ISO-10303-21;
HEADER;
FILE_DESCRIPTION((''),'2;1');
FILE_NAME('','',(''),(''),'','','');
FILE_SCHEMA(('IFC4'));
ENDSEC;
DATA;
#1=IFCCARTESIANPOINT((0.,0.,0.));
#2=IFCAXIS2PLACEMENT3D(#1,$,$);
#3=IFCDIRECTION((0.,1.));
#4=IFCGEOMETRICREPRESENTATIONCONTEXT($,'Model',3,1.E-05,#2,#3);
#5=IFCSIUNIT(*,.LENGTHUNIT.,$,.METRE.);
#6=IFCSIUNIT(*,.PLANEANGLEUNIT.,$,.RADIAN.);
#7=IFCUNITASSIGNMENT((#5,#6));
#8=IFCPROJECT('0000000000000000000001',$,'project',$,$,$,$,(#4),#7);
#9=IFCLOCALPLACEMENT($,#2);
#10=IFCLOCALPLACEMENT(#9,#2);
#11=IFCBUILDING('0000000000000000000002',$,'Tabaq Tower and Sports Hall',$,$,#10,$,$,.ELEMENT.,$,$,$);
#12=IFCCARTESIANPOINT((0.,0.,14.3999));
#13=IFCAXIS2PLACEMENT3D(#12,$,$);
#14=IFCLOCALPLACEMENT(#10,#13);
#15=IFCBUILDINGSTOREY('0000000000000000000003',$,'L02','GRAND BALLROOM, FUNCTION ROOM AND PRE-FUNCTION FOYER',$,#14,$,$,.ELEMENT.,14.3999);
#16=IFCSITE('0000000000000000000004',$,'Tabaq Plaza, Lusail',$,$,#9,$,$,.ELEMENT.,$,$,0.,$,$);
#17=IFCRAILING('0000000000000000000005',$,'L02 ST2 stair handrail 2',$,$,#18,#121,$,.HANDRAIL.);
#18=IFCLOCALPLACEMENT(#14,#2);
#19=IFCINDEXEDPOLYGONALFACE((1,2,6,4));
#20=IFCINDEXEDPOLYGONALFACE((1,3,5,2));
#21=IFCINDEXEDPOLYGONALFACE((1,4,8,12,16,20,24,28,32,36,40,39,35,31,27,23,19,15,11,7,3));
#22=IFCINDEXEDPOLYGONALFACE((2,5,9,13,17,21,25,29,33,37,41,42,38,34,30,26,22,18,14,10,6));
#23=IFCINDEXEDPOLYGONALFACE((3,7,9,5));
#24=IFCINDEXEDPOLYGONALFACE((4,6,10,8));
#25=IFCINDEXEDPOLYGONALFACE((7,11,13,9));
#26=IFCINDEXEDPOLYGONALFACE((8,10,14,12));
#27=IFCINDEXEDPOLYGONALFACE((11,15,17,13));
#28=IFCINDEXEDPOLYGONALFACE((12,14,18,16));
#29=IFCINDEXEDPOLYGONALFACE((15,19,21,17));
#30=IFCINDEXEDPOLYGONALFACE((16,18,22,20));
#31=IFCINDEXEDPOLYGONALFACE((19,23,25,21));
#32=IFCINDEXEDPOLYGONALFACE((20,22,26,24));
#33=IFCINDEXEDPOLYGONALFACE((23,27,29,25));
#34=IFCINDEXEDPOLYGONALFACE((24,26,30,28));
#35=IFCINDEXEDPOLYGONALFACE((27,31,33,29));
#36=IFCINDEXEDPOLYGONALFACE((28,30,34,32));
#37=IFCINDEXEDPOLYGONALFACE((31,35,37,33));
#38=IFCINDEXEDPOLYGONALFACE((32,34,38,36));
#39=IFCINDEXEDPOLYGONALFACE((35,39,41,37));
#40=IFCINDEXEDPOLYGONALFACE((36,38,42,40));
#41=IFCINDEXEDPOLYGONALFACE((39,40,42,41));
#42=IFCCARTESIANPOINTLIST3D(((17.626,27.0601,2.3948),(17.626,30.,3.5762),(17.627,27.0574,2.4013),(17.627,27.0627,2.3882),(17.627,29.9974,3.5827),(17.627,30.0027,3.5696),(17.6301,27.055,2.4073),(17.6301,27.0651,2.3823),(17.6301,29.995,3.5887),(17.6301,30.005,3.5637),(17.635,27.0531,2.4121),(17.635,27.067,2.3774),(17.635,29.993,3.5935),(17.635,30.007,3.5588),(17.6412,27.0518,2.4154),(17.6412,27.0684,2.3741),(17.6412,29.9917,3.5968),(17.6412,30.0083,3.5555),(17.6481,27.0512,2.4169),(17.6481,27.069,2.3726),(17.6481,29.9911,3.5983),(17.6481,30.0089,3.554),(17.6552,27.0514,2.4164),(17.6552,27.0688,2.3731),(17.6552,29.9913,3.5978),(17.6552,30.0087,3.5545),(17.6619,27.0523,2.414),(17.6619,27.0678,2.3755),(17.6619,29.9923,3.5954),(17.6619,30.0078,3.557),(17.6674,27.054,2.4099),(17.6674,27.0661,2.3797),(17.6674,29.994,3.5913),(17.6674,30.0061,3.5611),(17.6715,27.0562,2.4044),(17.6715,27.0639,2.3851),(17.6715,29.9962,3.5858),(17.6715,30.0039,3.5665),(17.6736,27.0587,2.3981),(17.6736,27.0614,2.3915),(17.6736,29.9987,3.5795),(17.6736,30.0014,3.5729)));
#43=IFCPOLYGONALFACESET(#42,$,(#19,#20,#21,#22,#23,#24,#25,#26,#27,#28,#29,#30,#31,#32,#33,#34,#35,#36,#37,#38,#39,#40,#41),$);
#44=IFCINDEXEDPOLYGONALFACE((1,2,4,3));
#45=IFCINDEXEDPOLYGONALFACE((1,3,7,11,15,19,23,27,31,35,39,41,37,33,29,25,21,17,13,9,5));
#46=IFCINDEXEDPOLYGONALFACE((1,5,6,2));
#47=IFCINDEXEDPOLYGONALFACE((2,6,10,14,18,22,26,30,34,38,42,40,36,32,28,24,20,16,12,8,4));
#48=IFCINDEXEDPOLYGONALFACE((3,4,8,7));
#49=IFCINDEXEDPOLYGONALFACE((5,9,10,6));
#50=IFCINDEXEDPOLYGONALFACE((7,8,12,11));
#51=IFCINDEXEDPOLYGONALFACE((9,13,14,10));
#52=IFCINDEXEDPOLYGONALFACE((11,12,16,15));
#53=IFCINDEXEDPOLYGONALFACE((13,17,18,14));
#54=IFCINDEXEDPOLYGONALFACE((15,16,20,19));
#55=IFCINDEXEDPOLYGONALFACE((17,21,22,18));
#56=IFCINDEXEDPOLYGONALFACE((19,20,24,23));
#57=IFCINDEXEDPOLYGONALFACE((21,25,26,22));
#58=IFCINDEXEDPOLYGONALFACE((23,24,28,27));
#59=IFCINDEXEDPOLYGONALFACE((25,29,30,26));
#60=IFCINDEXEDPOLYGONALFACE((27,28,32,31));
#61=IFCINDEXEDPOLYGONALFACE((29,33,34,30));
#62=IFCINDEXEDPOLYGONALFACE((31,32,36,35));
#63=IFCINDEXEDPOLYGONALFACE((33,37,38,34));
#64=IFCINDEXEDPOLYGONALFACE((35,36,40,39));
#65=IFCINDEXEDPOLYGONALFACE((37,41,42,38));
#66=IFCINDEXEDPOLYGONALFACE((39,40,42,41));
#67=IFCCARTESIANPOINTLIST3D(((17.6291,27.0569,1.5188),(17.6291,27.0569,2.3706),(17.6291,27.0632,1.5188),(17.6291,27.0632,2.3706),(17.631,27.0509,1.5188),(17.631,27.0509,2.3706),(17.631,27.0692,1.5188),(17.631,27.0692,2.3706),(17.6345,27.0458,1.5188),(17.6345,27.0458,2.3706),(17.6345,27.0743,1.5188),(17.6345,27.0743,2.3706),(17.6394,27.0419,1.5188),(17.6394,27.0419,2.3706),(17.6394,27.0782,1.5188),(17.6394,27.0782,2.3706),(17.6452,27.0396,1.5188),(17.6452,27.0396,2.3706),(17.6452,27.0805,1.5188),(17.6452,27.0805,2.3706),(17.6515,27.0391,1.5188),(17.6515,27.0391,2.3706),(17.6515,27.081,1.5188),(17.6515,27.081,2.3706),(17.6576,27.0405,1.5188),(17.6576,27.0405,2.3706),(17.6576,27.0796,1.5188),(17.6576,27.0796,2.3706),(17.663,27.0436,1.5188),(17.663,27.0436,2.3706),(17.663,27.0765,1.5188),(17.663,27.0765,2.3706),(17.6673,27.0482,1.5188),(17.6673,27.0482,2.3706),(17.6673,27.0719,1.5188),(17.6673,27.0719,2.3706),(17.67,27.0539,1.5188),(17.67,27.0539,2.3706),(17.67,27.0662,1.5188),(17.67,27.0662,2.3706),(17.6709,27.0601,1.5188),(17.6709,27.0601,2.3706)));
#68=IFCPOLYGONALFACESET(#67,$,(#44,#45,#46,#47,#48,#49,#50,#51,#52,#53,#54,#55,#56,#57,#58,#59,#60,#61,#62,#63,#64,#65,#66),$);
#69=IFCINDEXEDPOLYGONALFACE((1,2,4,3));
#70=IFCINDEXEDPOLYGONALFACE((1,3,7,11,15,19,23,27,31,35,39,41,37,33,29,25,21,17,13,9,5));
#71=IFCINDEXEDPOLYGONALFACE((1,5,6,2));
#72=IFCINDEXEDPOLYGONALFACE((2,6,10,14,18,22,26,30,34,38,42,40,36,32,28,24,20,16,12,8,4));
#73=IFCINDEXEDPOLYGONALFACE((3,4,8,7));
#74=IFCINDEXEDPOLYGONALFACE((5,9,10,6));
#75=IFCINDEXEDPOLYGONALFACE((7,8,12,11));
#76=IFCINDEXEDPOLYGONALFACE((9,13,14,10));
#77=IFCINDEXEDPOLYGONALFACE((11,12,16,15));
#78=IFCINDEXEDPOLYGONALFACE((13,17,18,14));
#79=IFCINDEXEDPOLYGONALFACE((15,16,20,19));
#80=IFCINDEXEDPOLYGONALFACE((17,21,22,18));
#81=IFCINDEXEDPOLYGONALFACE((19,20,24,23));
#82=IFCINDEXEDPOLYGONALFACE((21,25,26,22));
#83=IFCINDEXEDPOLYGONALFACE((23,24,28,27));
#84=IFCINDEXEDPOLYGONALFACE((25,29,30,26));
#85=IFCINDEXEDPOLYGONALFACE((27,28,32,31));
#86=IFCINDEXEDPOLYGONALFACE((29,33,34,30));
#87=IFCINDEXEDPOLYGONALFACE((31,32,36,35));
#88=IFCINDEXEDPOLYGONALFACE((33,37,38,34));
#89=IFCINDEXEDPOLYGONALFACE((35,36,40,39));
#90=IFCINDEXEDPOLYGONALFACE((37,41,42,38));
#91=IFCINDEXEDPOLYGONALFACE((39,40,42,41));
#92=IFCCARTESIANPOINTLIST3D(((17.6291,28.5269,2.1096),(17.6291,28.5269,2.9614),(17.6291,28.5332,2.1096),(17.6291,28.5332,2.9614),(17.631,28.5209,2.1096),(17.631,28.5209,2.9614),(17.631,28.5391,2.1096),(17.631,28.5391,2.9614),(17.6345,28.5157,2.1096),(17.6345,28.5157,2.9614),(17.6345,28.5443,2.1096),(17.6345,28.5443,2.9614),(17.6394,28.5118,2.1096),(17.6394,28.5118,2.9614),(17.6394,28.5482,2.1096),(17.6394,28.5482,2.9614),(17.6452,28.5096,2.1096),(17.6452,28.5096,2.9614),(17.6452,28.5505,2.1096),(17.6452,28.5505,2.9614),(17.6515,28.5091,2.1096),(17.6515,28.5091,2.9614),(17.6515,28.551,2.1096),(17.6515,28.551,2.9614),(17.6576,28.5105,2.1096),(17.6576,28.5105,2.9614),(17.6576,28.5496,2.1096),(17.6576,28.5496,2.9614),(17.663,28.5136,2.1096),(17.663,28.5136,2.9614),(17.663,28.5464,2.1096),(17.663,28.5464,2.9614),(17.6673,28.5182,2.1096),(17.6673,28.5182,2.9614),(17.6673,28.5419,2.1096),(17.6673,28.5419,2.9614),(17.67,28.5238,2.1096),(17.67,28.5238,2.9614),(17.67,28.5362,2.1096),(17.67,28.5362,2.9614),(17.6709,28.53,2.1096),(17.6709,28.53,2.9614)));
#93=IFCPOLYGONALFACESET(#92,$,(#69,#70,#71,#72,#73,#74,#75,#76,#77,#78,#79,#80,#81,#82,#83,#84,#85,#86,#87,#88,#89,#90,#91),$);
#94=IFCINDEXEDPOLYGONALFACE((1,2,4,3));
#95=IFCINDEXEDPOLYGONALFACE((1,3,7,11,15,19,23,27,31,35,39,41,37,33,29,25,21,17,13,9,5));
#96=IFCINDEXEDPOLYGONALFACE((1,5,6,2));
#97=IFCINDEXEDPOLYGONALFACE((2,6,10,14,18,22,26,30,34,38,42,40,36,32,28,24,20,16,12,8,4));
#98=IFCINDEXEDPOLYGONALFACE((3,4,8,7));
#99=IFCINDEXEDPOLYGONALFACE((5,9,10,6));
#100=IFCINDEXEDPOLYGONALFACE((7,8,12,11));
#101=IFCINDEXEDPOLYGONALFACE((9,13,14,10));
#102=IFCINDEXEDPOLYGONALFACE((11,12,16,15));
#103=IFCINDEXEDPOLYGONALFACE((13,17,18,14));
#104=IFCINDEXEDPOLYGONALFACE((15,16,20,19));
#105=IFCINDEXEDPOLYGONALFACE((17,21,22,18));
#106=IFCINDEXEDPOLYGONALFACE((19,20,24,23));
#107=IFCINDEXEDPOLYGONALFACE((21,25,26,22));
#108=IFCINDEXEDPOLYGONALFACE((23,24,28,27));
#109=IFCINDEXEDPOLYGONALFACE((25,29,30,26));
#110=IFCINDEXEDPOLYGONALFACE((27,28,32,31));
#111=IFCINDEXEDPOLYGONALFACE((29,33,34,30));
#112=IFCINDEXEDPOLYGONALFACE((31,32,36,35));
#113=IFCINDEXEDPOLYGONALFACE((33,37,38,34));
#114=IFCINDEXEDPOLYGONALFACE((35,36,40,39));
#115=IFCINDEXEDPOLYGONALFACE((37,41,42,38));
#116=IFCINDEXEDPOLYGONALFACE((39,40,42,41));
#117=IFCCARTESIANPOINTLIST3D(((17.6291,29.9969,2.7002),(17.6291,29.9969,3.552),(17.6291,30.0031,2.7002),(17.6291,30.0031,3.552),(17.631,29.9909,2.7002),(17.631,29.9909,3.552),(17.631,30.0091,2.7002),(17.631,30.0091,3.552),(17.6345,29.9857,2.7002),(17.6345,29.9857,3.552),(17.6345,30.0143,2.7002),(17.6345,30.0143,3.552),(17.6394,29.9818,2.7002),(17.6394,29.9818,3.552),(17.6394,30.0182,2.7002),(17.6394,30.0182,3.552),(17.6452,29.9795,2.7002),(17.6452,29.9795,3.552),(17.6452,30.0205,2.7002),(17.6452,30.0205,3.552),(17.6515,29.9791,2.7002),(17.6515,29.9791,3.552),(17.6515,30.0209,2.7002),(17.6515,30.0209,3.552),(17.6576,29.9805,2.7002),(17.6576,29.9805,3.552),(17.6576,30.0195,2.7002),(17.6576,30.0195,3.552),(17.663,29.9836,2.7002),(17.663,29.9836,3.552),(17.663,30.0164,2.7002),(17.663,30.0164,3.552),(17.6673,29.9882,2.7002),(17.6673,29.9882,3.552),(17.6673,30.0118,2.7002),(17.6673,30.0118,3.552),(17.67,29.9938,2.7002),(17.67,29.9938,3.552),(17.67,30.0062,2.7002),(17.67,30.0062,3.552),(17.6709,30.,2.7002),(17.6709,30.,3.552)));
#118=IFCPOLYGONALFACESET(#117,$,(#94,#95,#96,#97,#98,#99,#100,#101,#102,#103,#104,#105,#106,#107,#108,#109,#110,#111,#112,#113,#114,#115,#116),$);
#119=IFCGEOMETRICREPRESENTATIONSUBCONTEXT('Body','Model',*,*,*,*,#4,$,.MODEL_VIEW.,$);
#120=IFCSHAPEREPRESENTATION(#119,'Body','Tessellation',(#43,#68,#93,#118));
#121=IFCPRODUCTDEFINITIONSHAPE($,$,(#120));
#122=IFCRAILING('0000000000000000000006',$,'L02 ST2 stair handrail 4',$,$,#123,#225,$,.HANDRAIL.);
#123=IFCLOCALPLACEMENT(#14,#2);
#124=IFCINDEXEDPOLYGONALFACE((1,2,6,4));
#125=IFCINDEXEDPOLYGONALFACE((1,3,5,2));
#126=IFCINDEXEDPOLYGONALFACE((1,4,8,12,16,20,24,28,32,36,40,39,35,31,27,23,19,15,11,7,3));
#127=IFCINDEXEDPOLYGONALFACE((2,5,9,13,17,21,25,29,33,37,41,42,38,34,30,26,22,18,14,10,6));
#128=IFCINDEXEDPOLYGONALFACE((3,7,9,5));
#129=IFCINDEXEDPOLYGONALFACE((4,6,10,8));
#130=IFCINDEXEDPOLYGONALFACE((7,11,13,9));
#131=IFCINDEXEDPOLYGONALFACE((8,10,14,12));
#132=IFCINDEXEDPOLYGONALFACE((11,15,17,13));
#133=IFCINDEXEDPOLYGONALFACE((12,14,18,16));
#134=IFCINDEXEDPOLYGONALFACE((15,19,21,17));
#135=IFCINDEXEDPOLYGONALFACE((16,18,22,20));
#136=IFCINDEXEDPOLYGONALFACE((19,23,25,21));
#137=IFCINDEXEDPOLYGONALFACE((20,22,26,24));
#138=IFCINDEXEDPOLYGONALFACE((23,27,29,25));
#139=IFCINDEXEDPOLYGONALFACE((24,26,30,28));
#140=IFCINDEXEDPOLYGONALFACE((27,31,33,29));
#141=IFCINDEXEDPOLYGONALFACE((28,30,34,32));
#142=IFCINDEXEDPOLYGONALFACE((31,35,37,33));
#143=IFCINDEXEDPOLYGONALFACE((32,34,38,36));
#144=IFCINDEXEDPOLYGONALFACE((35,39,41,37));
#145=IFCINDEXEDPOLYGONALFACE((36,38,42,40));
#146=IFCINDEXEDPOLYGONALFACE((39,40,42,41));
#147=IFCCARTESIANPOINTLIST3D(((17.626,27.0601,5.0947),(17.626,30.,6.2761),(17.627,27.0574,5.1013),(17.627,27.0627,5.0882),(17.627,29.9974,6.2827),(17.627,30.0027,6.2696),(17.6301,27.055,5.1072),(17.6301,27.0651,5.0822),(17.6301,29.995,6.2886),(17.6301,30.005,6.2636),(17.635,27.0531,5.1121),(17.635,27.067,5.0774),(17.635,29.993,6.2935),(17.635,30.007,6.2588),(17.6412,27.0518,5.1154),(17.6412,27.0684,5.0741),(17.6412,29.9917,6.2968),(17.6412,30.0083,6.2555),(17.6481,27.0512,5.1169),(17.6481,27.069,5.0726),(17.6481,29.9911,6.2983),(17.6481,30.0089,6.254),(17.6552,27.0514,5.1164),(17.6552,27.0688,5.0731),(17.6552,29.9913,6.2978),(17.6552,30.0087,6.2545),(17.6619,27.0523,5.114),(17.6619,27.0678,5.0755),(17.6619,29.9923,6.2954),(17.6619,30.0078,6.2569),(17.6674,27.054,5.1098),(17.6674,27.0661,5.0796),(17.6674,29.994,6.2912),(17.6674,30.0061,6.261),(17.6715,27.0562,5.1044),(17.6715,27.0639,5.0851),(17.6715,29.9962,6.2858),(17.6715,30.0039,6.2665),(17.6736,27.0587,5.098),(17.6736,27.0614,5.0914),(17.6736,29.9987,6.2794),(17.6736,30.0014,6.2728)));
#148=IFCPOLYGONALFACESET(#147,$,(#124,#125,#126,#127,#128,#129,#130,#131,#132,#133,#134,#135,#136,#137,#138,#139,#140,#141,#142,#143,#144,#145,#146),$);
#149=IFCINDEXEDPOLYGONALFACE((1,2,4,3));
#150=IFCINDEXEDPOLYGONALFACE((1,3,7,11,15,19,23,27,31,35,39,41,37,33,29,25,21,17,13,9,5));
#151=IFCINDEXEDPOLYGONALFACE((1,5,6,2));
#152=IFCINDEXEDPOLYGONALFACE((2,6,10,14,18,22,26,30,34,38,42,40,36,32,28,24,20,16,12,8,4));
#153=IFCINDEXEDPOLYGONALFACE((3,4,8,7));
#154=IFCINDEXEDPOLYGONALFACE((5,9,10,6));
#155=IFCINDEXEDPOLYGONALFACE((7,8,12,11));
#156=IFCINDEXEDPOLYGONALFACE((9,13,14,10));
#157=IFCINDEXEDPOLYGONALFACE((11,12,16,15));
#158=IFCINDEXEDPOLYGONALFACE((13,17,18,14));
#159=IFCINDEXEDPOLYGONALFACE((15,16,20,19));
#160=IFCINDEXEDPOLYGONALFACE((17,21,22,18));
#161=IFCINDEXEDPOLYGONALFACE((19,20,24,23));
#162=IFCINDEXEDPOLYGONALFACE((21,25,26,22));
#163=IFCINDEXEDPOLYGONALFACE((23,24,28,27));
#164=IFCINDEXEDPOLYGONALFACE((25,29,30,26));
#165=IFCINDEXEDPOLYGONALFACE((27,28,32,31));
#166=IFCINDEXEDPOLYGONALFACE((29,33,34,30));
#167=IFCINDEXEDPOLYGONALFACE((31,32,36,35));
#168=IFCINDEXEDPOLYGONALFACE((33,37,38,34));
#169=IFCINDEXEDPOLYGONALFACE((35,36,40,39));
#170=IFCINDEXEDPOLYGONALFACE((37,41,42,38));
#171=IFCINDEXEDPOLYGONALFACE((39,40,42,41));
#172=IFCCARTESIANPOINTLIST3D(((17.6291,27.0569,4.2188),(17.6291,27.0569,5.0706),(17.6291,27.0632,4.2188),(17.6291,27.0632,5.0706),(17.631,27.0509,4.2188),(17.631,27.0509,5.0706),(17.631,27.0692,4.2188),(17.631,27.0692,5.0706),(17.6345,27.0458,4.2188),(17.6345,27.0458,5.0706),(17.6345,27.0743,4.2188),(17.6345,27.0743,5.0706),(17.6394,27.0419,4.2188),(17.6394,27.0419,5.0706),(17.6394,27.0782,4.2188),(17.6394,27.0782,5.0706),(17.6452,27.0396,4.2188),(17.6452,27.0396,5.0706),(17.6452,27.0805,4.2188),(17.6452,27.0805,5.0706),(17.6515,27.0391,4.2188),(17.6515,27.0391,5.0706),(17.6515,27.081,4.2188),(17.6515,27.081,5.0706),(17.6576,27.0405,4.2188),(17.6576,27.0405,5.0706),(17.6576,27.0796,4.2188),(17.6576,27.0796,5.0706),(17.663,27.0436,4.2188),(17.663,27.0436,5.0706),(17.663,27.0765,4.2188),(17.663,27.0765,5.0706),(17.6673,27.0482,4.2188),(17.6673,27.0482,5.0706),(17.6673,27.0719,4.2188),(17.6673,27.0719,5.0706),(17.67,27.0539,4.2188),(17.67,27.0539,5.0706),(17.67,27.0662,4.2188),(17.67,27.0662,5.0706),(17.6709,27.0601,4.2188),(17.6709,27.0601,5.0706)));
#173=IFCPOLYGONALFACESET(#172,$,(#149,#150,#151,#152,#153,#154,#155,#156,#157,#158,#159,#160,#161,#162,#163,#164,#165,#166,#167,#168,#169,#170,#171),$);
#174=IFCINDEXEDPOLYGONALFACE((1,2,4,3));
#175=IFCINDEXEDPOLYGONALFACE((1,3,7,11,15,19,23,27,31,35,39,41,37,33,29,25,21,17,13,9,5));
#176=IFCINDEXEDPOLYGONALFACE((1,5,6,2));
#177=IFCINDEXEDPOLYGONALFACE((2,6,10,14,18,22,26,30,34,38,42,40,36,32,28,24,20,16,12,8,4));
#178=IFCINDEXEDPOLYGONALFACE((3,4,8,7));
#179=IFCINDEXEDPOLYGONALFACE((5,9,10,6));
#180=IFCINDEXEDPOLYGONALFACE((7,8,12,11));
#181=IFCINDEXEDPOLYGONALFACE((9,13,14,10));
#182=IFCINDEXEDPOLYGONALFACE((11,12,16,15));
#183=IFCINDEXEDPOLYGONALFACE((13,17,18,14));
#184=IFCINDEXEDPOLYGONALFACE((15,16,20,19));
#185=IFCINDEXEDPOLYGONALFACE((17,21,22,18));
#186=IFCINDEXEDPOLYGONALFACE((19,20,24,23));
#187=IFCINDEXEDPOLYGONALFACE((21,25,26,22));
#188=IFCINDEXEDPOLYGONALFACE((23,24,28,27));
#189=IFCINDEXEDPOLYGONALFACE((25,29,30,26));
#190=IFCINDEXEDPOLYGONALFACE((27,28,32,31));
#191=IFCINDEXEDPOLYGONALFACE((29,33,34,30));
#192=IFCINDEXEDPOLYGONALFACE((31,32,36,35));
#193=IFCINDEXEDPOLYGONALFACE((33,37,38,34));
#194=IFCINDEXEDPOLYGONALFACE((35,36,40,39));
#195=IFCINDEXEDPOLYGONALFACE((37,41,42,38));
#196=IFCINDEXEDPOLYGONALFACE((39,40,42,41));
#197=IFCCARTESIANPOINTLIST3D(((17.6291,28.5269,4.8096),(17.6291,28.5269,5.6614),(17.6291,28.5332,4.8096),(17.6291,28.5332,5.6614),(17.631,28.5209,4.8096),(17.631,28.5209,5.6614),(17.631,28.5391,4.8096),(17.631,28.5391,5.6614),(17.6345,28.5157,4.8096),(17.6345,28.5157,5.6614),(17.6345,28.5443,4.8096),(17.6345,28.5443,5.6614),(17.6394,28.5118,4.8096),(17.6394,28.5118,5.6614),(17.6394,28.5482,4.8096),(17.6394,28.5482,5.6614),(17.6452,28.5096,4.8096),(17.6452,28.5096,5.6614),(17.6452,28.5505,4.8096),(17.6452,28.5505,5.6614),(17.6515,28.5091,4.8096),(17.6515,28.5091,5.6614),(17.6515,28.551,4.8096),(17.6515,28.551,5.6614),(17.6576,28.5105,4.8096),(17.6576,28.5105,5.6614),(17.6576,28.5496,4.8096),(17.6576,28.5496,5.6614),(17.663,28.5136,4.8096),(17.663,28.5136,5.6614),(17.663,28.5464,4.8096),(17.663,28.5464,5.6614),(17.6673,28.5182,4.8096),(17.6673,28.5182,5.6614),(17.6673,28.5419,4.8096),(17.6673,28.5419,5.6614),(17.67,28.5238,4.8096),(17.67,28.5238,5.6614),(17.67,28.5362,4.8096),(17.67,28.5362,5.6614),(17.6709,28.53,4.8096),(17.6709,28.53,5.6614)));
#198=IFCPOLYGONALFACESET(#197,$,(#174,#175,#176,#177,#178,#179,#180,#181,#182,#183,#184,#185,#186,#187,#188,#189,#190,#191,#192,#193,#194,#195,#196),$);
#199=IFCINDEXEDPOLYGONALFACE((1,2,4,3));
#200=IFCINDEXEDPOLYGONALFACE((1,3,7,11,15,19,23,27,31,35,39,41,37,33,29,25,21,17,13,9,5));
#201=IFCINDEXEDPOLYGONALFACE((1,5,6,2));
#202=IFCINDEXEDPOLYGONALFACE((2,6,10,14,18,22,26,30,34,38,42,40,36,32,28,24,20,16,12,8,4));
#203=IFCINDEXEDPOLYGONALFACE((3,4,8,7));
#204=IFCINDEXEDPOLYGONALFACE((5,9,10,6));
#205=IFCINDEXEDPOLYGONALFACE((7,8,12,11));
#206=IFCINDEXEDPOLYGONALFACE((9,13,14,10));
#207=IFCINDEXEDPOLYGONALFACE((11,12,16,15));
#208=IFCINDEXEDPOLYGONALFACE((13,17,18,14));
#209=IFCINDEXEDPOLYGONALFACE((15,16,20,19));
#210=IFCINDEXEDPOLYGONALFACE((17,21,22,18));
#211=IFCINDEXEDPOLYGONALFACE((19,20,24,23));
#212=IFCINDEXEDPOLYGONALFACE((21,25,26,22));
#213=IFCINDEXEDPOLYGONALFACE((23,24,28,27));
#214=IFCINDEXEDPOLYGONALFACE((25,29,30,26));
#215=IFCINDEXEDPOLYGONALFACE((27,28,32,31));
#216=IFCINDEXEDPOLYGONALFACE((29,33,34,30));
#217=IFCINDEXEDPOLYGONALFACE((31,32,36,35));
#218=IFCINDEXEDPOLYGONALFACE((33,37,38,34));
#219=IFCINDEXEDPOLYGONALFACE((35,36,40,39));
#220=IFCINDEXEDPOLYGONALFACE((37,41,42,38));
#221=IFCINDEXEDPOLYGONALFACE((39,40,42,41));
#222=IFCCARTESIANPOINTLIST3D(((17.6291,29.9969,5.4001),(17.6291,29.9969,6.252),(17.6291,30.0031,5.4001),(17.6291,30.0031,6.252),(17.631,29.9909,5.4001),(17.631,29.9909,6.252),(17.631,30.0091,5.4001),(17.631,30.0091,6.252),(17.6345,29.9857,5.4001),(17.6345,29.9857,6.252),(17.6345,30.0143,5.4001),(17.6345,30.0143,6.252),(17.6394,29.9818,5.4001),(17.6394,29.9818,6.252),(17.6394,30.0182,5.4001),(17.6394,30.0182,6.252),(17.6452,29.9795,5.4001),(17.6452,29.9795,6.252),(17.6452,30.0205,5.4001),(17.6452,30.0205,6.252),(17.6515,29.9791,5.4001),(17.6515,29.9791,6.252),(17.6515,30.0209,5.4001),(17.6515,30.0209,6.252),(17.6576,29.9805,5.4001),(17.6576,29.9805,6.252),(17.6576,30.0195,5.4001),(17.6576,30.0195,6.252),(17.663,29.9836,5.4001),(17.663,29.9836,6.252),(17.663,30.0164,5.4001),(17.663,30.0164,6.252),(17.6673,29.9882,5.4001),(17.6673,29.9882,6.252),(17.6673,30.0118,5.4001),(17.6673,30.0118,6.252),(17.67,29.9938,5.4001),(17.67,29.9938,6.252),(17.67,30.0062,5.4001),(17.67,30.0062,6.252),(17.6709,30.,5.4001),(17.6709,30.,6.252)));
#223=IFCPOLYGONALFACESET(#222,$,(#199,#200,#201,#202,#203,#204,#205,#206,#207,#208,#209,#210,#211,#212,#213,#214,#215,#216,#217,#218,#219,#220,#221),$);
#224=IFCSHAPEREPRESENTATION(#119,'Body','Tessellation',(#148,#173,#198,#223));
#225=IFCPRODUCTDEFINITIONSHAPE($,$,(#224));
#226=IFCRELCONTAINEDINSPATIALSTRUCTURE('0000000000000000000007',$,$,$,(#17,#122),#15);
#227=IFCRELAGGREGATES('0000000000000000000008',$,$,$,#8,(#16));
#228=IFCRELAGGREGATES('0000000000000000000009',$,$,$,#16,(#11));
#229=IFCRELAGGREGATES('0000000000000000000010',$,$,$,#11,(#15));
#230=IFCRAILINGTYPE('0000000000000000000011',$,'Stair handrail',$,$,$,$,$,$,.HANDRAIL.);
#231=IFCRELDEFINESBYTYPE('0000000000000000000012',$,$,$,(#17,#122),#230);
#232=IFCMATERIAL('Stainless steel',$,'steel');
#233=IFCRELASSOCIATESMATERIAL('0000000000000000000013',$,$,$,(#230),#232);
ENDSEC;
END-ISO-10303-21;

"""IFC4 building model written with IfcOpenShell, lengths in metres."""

from ifc_helpers import new_model, si_unit, direction, frame, origin, origin_2d, place, context, subcontext, project, spatial, circle, extrude, material, type_object, element, save


model = new_model("IFC4")

# Units and contexts
model_context = context("Model", 3, precision=1e-05, world=origin(), true_north=direction((0.0, 1.0)))
body_context = subcontext(model_context, "Body", "Model", "MODEL_VIEW")
ifc_project = project(units=[si_unit("LENGTHUNIT", "METRE"), si_unit("PLANEANGLEUNIT", "RADIAN")], contexts=[model_context])

# Site, building, storey
site_placement = place(None, origin())
site = spatial("IfcSite", under=ifc_project, at=site_placement, Name="Tabaq Plaza, Lusail", CompositionType="ELEMENT", RefElevation=0.0)
building_placement = place(site_placement, origin())
building = spatial("IfcBuilding", under=site, at=building_placement, Name="Tabaq Tower and Sports Hall", CompositionType="ELEMENT")
storey_placement = place(building_placement, frame((0.0, 0.0, 14.3999)))
storey = spatial("IfcBuildingStorey", under=building, at=storey_placement, Name="L02", Description="GRAND BALLROOM, FUNCTION ROOM AND PRE-FUNCTION FOYER", CompositionType="ELEMENT", Elevation=14.3999)

# Railings
ifc_material_1 = material(Name="Stainless steel", Category="steel")
railing_type_1 = type_object("IfcRailingType", Name="Stair handrail", PredefinedType="HANDRAIL", material=ifc_material_1)
for number, where, name in (
    (1, (17.6499, 27.0601, 1.5188), "L02 ST2 stair handrail 2"),
    (2, (17.6499, 27.0601, 4.2188), "L02 ST2 stair handrail 4"),
):
    element("IfcRailing", number, at=place(storey_placement, frame(where)), inside=storey, type_object=railing_type_1, Name=name, PredefinedType="HANDRAIL", context=body_context, shape_type="SweptSolid", body=[
        extrude(circle(Radius=0.0239, at=origin_2d()), frame((0.0, 0.0, 0.876), z_axis=(0.0, 0.927886, 0.372865), x_axis=(-1.0, 0.0, 0.0)), (0.0, 0.0, 1.0), 3.1685),
        extrude(circle(Radius=0.021, at=origin_2d()), origin(), (0.0, 0.0, 1.0), 0.8518),
        extrude(circle(Radius=0.021, at=origin_2d()), frame((0.0, 1.47, 0.5908)), (0.0, 0.0, 1.0), 0.8518),
        extrude(circle(Radius=0.021, at=origin_2d()), frame((0.0, 2.9399, 1.1814)), (0.0, 0.0, 1.0), 0.8518),
    ])

save(model, "model.ifc")
